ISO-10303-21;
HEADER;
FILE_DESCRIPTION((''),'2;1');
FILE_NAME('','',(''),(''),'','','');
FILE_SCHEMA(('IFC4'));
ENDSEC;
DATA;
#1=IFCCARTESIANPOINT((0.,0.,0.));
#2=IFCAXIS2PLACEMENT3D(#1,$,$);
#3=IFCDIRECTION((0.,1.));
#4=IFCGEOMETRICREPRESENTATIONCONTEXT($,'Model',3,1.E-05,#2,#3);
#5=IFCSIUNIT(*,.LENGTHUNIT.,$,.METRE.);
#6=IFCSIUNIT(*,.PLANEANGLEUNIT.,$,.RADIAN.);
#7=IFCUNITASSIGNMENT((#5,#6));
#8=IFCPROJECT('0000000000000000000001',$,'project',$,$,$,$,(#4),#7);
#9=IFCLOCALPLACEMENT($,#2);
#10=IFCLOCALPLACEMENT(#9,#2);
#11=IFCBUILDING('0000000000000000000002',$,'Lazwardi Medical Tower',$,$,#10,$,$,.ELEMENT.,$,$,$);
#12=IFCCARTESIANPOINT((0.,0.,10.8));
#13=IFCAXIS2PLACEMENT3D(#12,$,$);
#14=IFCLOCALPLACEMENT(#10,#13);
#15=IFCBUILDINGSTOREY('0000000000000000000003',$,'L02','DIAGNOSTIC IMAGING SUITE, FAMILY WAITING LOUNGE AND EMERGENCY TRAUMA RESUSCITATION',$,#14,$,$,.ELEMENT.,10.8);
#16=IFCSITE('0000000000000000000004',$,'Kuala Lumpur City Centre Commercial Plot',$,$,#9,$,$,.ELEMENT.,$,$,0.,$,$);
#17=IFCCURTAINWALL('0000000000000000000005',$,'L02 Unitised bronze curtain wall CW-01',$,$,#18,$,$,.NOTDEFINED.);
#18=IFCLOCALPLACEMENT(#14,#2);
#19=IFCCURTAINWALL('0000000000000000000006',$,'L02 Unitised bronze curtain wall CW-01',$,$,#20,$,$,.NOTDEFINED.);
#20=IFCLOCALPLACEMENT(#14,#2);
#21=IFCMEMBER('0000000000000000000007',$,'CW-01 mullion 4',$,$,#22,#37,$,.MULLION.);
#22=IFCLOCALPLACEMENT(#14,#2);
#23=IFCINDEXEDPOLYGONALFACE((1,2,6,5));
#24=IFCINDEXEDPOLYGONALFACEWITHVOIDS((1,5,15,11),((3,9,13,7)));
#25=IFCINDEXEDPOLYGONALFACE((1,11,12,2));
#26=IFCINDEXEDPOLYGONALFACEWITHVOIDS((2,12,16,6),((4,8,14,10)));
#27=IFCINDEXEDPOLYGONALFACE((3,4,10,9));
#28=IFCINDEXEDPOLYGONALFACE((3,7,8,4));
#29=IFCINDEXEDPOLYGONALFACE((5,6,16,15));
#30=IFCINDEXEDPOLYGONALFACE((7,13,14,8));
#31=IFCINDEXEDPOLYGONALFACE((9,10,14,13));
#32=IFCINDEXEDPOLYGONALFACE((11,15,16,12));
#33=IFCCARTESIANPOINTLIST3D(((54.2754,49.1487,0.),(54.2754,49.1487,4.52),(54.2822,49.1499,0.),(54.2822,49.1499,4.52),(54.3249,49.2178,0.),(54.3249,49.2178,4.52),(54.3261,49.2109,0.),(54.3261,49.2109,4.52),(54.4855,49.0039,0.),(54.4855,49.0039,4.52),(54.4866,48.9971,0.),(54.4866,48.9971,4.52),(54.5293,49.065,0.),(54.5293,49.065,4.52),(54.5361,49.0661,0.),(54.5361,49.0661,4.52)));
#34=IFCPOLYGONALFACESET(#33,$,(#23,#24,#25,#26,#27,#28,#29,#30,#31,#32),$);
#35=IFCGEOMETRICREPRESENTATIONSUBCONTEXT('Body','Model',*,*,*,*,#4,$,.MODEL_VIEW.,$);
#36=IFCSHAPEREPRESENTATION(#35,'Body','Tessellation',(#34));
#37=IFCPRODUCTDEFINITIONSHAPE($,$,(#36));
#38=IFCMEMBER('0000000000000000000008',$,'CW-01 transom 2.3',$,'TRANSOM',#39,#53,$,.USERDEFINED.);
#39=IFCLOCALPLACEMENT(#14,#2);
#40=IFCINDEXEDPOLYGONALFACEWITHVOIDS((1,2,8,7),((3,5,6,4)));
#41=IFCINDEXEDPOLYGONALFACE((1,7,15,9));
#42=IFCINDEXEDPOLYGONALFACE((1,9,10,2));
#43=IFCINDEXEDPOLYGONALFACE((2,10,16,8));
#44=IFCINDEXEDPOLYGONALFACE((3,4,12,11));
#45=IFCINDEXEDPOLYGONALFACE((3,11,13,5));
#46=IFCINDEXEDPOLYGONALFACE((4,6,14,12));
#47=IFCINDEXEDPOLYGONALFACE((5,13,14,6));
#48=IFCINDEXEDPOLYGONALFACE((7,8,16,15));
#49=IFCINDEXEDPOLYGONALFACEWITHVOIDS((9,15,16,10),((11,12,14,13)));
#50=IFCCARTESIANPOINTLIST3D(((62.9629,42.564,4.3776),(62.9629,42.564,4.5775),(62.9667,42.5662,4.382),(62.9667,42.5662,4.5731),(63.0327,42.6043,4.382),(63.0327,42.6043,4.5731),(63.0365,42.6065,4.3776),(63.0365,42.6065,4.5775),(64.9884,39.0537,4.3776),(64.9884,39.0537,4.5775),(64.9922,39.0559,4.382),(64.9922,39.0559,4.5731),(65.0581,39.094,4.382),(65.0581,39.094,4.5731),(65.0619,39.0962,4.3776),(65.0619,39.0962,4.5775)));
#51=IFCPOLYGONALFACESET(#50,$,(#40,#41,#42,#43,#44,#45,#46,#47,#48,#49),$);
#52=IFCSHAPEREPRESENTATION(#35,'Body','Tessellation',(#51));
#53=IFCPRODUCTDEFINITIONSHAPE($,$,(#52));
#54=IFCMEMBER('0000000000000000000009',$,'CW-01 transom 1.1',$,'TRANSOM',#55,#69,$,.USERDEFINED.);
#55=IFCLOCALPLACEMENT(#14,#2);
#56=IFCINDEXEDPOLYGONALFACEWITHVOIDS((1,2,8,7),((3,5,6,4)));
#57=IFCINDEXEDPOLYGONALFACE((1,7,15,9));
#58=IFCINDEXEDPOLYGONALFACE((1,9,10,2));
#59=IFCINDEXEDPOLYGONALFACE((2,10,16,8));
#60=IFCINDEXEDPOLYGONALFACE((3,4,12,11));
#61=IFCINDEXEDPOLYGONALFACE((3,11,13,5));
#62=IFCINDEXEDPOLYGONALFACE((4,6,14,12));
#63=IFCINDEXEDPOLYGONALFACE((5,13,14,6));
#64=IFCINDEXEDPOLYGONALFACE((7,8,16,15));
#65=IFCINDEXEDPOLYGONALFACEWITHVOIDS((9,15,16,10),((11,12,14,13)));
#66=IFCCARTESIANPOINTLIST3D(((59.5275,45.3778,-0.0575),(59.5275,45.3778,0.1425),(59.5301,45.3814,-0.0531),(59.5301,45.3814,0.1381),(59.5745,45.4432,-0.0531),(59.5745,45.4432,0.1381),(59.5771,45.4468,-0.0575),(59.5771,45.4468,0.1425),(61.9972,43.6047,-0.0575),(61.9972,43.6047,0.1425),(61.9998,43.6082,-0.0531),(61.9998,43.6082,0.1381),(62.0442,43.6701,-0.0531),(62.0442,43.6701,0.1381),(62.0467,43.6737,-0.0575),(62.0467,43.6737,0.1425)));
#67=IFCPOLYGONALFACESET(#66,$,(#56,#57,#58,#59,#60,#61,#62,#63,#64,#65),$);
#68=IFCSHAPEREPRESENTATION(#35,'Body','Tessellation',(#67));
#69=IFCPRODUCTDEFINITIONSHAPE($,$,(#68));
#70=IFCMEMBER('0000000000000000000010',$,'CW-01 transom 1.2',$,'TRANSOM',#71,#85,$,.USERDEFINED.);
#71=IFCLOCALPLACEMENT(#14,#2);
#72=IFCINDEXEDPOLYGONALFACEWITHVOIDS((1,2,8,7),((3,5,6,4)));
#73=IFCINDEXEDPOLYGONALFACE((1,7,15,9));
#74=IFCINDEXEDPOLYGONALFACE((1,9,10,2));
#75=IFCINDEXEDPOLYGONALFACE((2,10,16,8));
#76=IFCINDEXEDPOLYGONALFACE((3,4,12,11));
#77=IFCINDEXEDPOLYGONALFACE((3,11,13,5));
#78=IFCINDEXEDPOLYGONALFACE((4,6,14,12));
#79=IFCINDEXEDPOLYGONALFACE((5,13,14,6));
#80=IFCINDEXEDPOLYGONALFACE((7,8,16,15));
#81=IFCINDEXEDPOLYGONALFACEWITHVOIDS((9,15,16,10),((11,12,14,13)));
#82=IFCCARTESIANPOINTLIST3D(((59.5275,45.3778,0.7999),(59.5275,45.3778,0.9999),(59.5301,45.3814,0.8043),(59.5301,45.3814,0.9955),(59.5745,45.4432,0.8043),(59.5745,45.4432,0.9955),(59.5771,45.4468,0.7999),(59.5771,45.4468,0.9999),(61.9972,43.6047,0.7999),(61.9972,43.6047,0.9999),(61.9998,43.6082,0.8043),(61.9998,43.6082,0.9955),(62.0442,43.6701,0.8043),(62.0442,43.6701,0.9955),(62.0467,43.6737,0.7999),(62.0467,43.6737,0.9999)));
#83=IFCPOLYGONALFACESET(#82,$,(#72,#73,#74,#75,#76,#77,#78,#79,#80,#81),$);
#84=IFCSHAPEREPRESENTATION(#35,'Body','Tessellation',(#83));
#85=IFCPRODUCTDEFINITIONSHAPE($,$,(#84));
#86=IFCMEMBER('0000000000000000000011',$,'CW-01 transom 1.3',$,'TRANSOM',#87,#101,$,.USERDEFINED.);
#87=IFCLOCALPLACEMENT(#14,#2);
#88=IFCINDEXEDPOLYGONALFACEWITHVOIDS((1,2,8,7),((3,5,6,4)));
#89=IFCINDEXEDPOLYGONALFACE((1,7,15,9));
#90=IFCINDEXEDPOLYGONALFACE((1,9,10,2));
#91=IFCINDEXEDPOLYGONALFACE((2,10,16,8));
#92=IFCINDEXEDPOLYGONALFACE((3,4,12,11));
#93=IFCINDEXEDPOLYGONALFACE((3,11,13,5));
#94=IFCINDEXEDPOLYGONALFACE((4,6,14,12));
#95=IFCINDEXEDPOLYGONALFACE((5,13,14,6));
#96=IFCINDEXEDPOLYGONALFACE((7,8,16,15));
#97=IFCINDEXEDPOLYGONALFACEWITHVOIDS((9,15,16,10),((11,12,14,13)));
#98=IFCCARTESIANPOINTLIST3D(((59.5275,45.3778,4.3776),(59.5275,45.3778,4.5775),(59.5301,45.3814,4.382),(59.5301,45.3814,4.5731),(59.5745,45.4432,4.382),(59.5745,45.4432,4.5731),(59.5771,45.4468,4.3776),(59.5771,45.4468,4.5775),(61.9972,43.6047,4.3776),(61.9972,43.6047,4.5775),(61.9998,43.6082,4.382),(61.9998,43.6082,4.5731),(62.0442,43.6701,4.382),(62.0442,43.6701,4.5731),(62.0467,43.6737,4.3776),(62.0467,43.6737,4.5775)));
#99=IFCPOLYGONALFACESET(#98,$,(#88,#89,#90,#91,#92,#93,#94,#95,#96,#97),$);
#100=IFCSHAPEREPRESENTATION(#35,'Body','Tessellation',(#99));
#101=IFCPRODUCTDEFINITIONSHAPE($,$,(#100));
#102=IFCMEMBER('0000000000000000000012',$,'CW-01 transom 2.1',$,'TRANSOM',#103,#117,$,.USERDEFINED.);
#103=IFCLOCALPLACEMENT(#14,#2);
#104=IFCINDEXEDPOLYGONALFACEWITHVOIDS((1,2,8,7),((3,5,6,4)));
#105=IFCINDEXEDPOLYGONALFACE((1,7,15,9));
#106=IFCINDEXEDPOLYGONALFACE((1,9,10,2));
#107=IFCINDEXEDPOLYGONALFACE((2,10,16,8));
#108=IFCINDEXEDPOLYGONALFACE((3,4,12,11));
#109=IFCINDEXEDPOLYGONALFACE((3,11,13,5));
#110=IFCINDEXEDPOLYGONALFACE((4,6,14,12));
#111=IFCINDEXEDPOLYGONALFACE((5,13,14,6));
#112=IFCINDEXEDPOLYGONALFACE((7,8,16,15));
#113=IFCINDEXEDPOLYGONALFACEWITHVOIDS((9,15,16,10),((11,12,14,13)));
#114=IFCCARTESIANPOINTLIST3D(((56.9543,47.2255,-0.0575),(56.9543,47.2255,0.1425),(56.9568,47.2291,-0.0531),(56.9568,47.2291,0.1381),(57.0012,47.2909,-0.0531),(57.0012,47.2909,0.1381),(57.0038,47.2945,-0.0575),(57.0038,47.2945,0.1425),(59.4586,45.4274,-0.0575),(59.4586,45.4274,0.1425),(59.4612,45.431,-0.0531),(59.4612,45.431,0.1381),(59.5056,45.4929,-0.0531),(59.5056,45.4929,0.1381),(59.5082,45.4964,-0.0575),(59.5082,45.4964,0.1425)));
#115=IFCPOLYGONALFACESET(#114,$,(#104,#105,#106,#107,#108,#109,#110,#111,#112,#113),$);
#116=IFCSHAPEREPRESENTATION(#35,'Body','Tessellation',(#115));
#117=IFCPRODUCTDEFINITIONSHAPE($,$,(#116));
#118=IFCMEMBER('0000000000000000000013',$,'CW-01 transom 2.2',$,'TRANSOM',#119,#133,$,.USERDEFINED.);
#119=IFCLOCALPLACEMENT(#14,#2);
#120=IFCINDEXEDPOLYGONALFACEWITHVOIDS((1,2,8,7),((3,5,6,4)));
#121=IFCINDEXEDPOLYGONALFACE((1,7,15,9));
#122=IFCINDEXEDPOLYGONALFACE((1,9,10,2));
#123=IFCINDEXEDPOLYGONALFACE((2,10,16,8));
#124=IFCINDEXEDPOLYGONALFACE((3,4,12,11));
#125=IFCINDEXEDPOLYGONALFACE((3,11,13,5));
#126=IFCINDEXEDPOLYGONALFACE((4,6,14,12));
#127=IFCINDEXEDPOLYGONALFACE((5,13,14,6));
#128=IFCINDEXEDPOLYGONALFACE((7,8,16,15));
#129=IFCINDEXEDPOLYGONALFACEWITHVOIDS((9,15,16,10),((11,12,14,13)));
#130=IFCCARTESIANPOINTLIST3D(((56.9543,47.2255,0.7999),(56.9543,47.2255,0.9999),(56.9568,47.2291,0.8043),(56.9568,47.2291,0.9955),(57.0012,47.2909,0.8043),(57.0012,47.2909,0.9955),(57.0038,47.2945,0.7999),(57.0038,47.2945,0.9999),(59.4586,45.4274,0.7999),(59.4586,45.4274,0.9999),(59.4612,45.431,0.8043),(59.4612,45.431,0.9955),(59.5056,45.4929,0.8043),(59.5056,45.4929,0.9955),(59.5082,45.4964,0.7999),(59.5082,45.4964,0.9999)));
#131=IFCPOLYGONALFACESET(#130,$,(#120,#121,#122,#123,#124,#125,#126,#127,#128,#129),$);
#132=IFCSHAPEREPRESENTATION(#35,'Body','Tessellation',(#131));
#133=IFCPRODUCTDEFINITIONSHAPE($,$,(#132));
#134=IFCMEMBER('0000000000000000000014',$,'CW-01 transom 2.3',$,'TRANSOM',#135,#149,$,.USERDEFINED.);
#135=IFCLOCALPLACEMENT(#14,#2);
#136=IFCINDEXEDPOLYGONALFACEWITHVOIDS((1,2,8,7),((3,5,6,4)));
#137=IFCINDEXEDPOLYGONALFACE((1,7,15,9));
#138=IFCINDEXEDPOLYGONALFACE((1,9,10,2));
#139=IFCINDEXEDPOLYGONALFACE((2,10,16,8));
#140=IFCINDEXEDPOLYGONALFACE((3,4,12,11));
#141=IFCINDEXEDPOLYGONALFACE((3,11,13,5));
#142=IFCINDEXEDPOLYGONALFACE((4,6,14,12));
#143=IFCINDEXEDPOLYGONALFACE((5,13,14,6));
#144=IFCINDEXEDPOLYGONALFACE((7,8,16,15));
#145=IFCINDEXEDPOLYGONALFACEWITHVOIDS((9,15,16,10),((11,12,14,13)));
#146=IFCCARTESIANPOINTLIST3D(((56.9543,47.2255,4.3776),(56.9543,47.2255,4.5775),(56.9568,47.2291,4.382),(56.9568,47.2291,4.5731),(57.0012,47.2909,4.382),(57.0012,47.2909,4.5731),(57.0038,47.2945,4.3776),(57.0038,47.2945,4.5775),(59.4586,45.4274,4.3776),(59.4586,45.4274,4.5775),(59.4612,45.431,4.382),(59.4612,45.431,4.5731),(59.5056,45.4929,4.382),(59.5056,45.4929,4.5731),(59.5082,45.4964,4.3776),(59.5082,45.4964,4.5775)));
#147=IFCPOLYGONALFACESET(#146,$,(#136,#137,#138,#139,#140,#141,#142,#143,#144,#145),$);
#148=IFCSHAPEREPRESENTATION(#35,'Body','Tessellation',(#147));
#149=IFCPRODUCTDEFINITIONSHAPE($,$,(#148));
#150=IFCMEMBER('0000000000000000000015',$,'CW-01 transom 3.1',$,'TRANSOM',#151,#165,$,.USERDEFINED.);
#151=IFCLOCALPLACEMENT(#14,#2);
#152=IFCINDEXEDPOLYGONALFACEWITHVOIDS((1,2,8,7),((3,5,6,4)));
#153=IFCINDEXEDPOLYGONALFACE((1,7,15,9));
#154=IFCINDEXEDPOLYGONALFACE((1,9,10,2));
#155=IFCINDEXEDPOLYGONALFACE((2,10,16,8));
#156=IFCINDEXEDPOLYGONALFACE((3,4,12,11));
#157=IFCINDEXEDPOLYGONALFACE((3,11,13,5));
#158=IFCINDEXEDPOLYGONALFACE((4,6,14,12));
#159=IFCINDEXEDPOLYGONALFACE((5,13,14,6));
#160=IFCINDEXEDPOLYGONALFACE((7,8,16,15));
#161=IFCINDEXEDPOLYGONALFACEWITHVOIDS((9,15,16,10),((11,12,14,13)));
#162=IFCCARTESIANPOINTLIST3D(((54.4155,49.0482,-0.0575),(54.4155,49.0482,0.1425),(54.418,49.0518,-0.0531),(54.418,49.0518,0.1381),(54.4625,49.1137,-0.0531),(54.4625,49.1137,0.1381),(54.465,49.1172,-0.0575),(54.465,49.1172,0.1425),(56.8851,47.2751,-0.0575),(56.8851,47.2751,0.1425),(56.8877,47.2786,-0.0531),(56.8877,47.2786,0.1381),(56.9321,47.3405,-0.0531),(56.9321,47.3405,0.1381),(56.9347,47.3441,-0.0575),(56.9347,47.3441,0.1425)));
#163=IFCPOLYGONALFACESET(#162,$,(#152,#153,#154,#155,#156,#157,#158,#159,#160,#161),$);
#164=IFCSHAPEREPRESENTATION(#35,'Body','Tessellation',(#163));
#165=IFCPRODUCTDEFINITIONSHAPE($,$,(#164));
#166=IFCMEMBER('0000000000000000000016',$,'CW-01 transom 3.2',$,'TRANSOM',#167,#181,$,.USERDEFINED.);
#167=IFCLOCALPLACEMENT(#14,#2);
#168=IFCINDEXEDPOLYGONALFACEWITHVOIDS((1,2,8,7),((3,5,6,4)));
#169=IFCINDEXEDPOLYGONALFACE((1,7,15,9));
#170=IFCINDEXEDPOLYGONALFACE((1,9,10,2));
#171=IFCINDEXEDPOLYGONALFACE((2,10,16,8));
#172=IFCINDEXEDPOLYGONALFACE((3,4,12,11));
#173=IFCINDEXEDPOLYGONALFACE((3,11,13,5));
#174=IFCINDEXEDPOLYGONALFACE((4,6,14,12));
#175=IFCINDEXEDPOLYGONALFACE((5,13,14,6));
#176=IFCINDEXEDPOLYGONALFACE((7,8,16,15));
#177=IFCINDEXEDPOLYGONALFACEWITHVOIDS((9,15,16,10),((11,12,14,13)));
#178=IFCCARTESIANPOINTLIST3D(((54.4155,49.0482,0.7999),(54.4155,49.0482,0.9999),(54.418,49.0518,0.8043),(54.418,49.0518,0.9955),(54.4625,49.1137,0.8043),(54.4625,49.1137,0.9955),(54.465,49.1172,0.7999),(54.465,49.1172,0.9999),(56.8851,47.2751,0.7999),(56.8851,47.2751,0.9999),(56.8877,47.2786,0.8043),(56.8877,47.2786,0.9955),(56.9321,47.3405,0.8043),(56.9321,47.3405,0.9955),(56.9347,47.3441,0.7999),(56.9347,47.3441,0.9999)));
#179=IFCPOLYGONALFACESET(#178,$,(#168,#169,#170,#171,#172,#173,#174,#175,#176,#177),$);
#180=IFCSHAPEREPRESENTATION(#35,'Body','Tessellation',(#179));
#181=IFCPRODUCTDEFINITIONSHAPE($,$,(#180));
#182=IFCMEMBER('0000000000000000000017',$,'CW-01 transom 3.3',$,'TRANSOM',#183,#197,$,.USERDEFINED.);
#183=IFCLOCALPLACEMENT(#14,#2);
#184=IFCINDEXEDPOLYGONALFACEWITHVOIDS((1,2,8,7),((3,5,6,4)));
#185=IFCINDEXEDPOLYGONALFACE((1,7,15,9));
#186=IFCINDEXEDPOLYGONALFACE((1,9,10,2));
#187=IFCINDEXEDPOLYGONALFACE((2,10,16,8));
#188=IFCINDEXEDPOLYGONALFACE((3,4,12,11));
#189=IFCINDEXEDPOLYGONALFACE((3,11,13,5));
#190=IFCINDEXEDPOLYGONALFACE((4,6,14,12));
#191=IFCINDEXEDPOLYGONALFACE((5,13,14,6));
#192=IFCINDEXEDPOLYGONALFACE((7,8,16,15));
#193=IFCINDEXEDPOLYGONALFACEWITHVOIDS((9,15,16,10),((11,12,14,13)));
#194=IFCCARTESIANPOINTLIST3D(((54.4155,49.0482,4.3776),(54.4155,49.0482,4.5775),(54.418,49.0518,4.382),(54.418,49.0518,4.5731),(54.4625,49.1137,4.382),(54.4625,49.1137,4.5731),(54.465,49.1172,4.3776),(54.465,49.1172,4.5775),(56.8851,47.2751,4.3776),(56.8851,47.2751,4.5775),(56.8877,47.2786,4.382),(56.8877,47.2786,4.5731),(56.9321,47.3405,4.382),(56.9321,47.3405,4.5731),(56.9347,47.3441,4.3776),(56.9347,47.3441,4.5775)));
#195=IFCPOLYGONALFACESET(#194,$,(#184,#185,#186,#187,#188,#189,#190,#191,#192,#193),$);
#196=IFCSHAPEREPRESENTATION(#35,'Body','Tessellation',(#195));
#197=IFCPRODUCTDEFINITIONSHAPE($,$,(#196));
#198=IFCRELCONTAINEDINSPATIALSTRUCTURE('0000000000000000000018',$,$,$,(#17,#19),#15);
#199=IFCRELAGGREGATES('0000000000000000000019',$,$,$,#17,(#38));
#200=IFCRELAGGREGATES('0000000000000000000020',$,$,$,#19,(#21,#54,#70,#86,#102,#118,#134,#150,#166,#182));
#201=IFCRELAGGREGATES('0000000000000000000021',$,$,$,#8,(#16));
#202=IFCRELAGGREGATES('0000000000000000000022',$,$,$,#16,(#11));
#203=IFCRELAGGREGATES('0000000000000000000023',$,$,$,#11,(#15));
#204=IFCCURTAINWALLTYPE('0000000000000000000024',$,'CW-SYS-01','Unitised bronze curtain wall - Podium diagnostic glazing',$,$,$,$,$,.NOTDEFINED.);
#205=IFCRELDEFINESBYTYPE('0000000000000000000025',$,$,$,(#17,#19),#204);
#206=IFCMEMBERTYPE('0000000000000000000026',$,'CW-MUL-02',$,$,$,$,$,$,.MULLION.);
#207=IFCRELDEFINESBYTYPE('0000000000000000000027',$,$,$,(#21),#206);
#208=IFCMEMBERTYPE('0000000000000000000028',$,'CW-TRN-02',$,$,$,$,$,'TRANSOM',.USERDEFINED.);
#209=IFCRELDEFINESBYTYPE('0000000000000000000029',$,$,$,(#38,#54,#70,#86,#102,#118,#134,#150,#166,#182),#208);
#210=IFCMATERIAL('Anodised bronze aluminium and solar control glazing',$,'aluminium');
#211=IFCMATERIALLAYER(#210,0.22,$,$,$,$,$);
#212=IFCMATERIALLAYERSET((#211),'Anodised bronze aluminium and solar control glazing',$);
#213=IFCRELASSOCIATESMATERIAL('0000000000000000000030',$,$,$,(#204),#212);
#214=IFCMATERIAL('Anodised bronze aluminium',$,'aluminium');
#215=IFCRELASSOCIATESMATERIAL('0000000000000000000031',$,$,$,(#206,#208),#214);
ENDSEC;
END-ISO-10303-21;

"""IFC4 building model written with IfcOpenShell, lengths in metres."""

from ifc_helpers import new_model, si_unit, direction, frame, origin, origin_2d, place, context, subcontext, project, spatial, hollow_rectangle, extrude, material, layer, layer_set, material_profile, profile_set, type_object, element, aggregate, save


model = new_model("IFC4")

# Units and contexts
model_context = context("Model", 3, precision=1e-05, world=origin(), true_north=direction((0.0, 1.0)))
body_context = subcontext(model_context, "Body", "Model", "MODEL_VIEW")
ifc_project = project(units=[si_unit("LENGTHUNIT", "METRE"), si_unit("PLANEANGLEUNIT", "RADIAN")], contexts=[model_context])

# Site, building, storey
site_placement = place(None, origin())
site = spatial("IfcSite", under=ifc_project, at=site_placement, Name="Kuala Lumpur City Centre Commercial Plot", CompositionType="ELEMENT", RefElevation=0.0)
building_placement = place(site_placement, origin())
building = spatial("IfcBuilding", under=site, at=building_placement, Name="Lazwardi Medical Tower", CompositionType="ELEMENT")
storey_placement = place(building_placement, frame((0.0, 0.0, 10.8)))
storey = spatial("IfcBuildingStorey", under=building, at=storey_placement, Name="L02", Description="DIAGNOSTIC IMAGING SUITE, FAMILY WAITING LOUNGE AND EMERGENCY TRAUMA RESUSCITATION", CompositionType="ELEMENT", Elevation=10.8)

# Curtain wall
ifc_material_1 = material(Name="Anodised bronze aluminium and solar control glazing", Category="aluminium")
ifc_layer_1 = layer(ifc_material_1, 0.22)
ifc_layer_set_1 = layer_set([ifc_layer_1], Name="Anodised bronze aluminium and solar control glazing")
curtain_wall_type = type_object("IfcCurtainWallType", Name="CW-SYS-01", Description="Unitised bronze curtain wall - Podium diagnostic glazing", PredefinedType="NOTDEFINED", material=ifc_layer_set_1)
curtain_wall_1_placement = place(storey_placement, origin())
curtain_wall_1 = element("IfcCurtainWall", 1, at=curtain_wall_1_placement, inside=storey, type_object=curtain_wall_type, Name="L02 Unitised bronze curtain wall CW-01", PredefinedType="NOTDEFINED")
ifc_material_2 = material(Name="Anodised bronze aluminium", Category="aluminium")
ifc_material_profile_1 = material_profile(ifc_material_2, hollow_rectangle(XDim=0.085, YDim=0.26, WallThickness=0.0049, at=origin_2d()), Name="ALU-MULLION 260x85x5")
ifc_profile_set_1 = profile_set([ifc_material_profile_1], Name="Anodised bronze aluminium")
member_type_1 = type_object("IfcMemberType", Name="CW-MUL-02", PredefinedType="MULLION", material=ifc_profile_set_1)

# Curtain wall, member
curtain_wall_2_placement = place(storey_placement, origin())
curtain_wall_2 = element("IfcCurtainWall", 2, at=curtain_wall_2_placement, inside=storey, type_object=curtain_wall_type, Name="L02 Unitised bronze curtain wall CW-01", PredefinedType="NOTDEFINED")
member_1_placement = place(storey_placement, frame((54.4058, 49.1074, 0.0), z_axis=(0.0, 0.0, 1.0), x_axis=(-0.583214, -0.812318, 0.0)))
member_1 = element("IfcMember", 3, at=member_1_placement, type_object=member_type_1, Name="CW-01 mullion 4", PredefinedType="MULLION", context=body_context, shape_type="SweptSolid", body=[
    extrude(hollow_rectangle(XDim=0.085, YDim=0.26, WallThickness=0.0049, at=origin_2d()), origin(), (0.0, 0.0, 1.0), 4.52),
])

# Members
ifc_material_profile_2 = material_profile(ifc_material_2, hollow_rectangle(XDim=0.085, YDim=0.2, WallThickness=0.0044, at=origin_2d()), Name="ALU-TRANSOM 200x85x4.5")
ifc_profile_set_2 = profile_set([ifc_material_profile_2], Name="Anodised bronze aluminium")
member_type_2 = type_object("IfcMemberType", Name="CW-TRN-02", ElementType="TRANSOM", PredefinedType="USERDEFINED", material=ifc_profile_set_2)
member_2_placement = place(storey_placement, frame((65.0251, 39.075, 4.4775), z_axis=(-0.499768, 0.86616, 0.0), x_axis=(-0.86616, -0.499768, 0.0)))
member_2 = element("IfcMember", 4, at=member_2_placement, type_object=member_type_2, Name="CW-01 transom 2.3", ObjectType="TRANSOM", PredefinedType="USERDEFINED", context=body_context, shape_type="SweptSolid", body=[
    extrude(hollow_rectangle(XDim=0.085, YDim=0.2, WallThickness=0.0044, at=origin_2d()), origin(), (0.0, 0.0, 1.0), 4.0527),
])
member_3_placement = place(storey_placement, frame((62.022, 43.6392, 0.0425), z_axis=(-0.812315, 0.583219, 0.0), x_axis=(-0.583219, -0.812315, 0.0)))
member_3 = element("IfcMember", 5, at=member_3_placement, type_object=member_type_2, Name="CW-01 transom 1.1", ObjectType="TRANSOM", PredefinedType="USERDEFINED", context=body_context, shape_type="SweptSolid", body=[
    extrude(hollow_rectangle(XDim=0.085, YDim=0.2, WallThickness=0.0044, at=origin_2d()), origin(), (0.0, 0.0, 1.0), 3.0403),
])
member_4_placement = place(storey_placement, frame((62.022, 43.6392, 0.8999), z_axis=(-0.812315, 0.583219, 0.0), x_axis=(-0.583219, -0.812315, 0.0)))
member_4 = element("IfcMember", 6, at=member_4_placement, type_object=member_type_2, Name="CW-01 transom 1.2", ObjectType="TRANSOM", PredefinedType="USERDEFINED", context=body_context, shape_type="SweptSolid", body=[
    extrude(hollow_rectangle(XDim=0.085, YDim=0.2, WallThickness=0.0044, at=origin_2d()), origin(), (0.0, 0.0, 1.0), 3.0403),
])
member_5_placement = place(storey_placement, frame((62.022, 43.6392, 4.4775), z_axis=(-0.812315, 0.583219, 0.0), x_axis=(-0.583219, -0.812315, 0.0)))
member_5 = element("IfcMember", 7, at=member_5_placement, type_object=member_type_2, Name="CW-01 transom 1.3", ObjectType="TRANSOM", PredefinedType="USERDEFINED", context=body_context, shape_type="SweptSolid", body=[
    extrude(hollow_rectangle(XDim=0.085, YDim=0.2, WallThickness=0.0044, at=origin_2d()), origin(), (0.0, 0.0, 1.0), 3.0403),
])
member_6_placement = place(storey_placement, frame((59.4834, 45.4619, 0.0425), z_axis=(-0.812313, 0.583222, 0.0), x_axis=(-0.583222, -0.812313, 0.0)))
member_6 = element("IfcMember", 8, at=member_6_placement, type_object=member_type_2, Name="CW-01 transom 2.1", ObjectType="TRANSOM", PredefinedType="USERDEFINED", context=body_context, shape_type="SweptSolid", body=[
    extrude(hollow_rectangle(XDim=0.085, YDim=0.2, WallThickness=0.0044, at=origin_2d()), origin(), (0.0, 0.0, 1.0), 3.083),
])
member_7_placement = place(storey_placement, frame((59.4834, 45.4619, 0.8999), z_axis=(-0.812313, 0.583222, 0.0), x_axis=(-0.583222, -0.812313, 0.0)))
member_7 = element("IfcMember", 9, at=member_7_placement, type_object=member_type_2, Name="CW-01 transom 2.2", ObjectType="TRANSOM", PredefinedType="USERDEFINED", context=body_context, shape_type="SweptSolid", body=[
    extrude(hollow_rectangle(XDim=0.085, YDim=0.2, WallThickness=0.0044, at=origin_2d()), origin(), (0.0, 0.0, 1.0), 3.083),
])
member_8_placement = place(storey_placement, frame((59.4834, 45.4619, 4.4775), z_axis=(-0.812313, 0.583222, 0.0), x_axis=(-0.583222, -0.812313, 0.0)))
member_8 = element("IfcMember", 10, at=member_8_placement, type_object=member_type_2, Name="CW-01 transom 2.3", ObjectType="TRANSOM", PredefinedType="USERDEFINED", context=body_context, shape_type="SweptSolid", body=[
    extrude(hollow_rectangle(XDim=0.085, YDim=0.2, WallThickness=0.0044, at=origin_2d()), origin(), (0.0, 0.0, 1.0), 3.083),
])
member_9_placement = place(storey_placement, frame((56.9099, 47.3096, 0.0425), z_axis=(-0.812315, 0.583219, 0.0), x_axis=(-0.583219, -0.812315, 0.0)))
member_9 = element("IfcMember", 11, at=member_9_placement, type_object=member_type_2, Name="CW-01 transom 3.1", ObjectType="TRANSOM", PredefinedType="USERDEFINED", context=body_context, shape_type="SweptSolid", body=[
    extrude(hollow_rectangle(XDim=0.085, YDim=0.2, WallThickness=0.0044, at=origin_2d()), origin(), (0.0, 0.0, 1.0), 3.0403),
])
member_10_placement = place(storey_placement, frame((56.9099, 47.3096, 0.8999), z_axis=(-0.812315, 0.583219, 0.0), x_axis=(-0.583219, -0.812315, 0.0)))
member_10 = element("IfcMember", 12, at=member_10_placement, type_object=member_type_2, Name="CW-01 transom 3.2", ObjectType="TRANSOM", PredefinedType="USERDEFINED", context=body_context, shape_type="SweptSolid", body=[
    extrude(hollow_rectangle(XDim=0.085, YDim=0.2, WallThickness=0.0044, at=origin_2d()), origin(), (0.0, 0.0, 1.0), 3.0403),
])
member_11_placement = place(storey_placement, frame((56.9099, 47.3096, 4.4775), z_axis=(-0.812315, 0.583219, 0.0), x_axis=(-0.583219, -0.812315, 0.0)))
member_11 = element("IfcMember", 13, at=member_11_placement, type_object=member_type_2, Name="CW-01 transom 3.3", ObjectType="TRANSOM", PredefinedType="USERDEFINED", context=body_context, shape_type="SweptSolid", body=[
    extrude(hollow_rectangle(XDim=0.085, YDim=0.2, WallThickness=0.0044, at=origin_2d()), origin(), (0.0, 0.0, 1.0), 3.0403),
])

aggregate(curtain_wall_1, [member_2])
aggregate(curtain_wall_2, [member_1, member_3, member_4, member_5, member_6, member_7, member_8, member_9, member_10, member_11])

save(model, "model.ifc")
